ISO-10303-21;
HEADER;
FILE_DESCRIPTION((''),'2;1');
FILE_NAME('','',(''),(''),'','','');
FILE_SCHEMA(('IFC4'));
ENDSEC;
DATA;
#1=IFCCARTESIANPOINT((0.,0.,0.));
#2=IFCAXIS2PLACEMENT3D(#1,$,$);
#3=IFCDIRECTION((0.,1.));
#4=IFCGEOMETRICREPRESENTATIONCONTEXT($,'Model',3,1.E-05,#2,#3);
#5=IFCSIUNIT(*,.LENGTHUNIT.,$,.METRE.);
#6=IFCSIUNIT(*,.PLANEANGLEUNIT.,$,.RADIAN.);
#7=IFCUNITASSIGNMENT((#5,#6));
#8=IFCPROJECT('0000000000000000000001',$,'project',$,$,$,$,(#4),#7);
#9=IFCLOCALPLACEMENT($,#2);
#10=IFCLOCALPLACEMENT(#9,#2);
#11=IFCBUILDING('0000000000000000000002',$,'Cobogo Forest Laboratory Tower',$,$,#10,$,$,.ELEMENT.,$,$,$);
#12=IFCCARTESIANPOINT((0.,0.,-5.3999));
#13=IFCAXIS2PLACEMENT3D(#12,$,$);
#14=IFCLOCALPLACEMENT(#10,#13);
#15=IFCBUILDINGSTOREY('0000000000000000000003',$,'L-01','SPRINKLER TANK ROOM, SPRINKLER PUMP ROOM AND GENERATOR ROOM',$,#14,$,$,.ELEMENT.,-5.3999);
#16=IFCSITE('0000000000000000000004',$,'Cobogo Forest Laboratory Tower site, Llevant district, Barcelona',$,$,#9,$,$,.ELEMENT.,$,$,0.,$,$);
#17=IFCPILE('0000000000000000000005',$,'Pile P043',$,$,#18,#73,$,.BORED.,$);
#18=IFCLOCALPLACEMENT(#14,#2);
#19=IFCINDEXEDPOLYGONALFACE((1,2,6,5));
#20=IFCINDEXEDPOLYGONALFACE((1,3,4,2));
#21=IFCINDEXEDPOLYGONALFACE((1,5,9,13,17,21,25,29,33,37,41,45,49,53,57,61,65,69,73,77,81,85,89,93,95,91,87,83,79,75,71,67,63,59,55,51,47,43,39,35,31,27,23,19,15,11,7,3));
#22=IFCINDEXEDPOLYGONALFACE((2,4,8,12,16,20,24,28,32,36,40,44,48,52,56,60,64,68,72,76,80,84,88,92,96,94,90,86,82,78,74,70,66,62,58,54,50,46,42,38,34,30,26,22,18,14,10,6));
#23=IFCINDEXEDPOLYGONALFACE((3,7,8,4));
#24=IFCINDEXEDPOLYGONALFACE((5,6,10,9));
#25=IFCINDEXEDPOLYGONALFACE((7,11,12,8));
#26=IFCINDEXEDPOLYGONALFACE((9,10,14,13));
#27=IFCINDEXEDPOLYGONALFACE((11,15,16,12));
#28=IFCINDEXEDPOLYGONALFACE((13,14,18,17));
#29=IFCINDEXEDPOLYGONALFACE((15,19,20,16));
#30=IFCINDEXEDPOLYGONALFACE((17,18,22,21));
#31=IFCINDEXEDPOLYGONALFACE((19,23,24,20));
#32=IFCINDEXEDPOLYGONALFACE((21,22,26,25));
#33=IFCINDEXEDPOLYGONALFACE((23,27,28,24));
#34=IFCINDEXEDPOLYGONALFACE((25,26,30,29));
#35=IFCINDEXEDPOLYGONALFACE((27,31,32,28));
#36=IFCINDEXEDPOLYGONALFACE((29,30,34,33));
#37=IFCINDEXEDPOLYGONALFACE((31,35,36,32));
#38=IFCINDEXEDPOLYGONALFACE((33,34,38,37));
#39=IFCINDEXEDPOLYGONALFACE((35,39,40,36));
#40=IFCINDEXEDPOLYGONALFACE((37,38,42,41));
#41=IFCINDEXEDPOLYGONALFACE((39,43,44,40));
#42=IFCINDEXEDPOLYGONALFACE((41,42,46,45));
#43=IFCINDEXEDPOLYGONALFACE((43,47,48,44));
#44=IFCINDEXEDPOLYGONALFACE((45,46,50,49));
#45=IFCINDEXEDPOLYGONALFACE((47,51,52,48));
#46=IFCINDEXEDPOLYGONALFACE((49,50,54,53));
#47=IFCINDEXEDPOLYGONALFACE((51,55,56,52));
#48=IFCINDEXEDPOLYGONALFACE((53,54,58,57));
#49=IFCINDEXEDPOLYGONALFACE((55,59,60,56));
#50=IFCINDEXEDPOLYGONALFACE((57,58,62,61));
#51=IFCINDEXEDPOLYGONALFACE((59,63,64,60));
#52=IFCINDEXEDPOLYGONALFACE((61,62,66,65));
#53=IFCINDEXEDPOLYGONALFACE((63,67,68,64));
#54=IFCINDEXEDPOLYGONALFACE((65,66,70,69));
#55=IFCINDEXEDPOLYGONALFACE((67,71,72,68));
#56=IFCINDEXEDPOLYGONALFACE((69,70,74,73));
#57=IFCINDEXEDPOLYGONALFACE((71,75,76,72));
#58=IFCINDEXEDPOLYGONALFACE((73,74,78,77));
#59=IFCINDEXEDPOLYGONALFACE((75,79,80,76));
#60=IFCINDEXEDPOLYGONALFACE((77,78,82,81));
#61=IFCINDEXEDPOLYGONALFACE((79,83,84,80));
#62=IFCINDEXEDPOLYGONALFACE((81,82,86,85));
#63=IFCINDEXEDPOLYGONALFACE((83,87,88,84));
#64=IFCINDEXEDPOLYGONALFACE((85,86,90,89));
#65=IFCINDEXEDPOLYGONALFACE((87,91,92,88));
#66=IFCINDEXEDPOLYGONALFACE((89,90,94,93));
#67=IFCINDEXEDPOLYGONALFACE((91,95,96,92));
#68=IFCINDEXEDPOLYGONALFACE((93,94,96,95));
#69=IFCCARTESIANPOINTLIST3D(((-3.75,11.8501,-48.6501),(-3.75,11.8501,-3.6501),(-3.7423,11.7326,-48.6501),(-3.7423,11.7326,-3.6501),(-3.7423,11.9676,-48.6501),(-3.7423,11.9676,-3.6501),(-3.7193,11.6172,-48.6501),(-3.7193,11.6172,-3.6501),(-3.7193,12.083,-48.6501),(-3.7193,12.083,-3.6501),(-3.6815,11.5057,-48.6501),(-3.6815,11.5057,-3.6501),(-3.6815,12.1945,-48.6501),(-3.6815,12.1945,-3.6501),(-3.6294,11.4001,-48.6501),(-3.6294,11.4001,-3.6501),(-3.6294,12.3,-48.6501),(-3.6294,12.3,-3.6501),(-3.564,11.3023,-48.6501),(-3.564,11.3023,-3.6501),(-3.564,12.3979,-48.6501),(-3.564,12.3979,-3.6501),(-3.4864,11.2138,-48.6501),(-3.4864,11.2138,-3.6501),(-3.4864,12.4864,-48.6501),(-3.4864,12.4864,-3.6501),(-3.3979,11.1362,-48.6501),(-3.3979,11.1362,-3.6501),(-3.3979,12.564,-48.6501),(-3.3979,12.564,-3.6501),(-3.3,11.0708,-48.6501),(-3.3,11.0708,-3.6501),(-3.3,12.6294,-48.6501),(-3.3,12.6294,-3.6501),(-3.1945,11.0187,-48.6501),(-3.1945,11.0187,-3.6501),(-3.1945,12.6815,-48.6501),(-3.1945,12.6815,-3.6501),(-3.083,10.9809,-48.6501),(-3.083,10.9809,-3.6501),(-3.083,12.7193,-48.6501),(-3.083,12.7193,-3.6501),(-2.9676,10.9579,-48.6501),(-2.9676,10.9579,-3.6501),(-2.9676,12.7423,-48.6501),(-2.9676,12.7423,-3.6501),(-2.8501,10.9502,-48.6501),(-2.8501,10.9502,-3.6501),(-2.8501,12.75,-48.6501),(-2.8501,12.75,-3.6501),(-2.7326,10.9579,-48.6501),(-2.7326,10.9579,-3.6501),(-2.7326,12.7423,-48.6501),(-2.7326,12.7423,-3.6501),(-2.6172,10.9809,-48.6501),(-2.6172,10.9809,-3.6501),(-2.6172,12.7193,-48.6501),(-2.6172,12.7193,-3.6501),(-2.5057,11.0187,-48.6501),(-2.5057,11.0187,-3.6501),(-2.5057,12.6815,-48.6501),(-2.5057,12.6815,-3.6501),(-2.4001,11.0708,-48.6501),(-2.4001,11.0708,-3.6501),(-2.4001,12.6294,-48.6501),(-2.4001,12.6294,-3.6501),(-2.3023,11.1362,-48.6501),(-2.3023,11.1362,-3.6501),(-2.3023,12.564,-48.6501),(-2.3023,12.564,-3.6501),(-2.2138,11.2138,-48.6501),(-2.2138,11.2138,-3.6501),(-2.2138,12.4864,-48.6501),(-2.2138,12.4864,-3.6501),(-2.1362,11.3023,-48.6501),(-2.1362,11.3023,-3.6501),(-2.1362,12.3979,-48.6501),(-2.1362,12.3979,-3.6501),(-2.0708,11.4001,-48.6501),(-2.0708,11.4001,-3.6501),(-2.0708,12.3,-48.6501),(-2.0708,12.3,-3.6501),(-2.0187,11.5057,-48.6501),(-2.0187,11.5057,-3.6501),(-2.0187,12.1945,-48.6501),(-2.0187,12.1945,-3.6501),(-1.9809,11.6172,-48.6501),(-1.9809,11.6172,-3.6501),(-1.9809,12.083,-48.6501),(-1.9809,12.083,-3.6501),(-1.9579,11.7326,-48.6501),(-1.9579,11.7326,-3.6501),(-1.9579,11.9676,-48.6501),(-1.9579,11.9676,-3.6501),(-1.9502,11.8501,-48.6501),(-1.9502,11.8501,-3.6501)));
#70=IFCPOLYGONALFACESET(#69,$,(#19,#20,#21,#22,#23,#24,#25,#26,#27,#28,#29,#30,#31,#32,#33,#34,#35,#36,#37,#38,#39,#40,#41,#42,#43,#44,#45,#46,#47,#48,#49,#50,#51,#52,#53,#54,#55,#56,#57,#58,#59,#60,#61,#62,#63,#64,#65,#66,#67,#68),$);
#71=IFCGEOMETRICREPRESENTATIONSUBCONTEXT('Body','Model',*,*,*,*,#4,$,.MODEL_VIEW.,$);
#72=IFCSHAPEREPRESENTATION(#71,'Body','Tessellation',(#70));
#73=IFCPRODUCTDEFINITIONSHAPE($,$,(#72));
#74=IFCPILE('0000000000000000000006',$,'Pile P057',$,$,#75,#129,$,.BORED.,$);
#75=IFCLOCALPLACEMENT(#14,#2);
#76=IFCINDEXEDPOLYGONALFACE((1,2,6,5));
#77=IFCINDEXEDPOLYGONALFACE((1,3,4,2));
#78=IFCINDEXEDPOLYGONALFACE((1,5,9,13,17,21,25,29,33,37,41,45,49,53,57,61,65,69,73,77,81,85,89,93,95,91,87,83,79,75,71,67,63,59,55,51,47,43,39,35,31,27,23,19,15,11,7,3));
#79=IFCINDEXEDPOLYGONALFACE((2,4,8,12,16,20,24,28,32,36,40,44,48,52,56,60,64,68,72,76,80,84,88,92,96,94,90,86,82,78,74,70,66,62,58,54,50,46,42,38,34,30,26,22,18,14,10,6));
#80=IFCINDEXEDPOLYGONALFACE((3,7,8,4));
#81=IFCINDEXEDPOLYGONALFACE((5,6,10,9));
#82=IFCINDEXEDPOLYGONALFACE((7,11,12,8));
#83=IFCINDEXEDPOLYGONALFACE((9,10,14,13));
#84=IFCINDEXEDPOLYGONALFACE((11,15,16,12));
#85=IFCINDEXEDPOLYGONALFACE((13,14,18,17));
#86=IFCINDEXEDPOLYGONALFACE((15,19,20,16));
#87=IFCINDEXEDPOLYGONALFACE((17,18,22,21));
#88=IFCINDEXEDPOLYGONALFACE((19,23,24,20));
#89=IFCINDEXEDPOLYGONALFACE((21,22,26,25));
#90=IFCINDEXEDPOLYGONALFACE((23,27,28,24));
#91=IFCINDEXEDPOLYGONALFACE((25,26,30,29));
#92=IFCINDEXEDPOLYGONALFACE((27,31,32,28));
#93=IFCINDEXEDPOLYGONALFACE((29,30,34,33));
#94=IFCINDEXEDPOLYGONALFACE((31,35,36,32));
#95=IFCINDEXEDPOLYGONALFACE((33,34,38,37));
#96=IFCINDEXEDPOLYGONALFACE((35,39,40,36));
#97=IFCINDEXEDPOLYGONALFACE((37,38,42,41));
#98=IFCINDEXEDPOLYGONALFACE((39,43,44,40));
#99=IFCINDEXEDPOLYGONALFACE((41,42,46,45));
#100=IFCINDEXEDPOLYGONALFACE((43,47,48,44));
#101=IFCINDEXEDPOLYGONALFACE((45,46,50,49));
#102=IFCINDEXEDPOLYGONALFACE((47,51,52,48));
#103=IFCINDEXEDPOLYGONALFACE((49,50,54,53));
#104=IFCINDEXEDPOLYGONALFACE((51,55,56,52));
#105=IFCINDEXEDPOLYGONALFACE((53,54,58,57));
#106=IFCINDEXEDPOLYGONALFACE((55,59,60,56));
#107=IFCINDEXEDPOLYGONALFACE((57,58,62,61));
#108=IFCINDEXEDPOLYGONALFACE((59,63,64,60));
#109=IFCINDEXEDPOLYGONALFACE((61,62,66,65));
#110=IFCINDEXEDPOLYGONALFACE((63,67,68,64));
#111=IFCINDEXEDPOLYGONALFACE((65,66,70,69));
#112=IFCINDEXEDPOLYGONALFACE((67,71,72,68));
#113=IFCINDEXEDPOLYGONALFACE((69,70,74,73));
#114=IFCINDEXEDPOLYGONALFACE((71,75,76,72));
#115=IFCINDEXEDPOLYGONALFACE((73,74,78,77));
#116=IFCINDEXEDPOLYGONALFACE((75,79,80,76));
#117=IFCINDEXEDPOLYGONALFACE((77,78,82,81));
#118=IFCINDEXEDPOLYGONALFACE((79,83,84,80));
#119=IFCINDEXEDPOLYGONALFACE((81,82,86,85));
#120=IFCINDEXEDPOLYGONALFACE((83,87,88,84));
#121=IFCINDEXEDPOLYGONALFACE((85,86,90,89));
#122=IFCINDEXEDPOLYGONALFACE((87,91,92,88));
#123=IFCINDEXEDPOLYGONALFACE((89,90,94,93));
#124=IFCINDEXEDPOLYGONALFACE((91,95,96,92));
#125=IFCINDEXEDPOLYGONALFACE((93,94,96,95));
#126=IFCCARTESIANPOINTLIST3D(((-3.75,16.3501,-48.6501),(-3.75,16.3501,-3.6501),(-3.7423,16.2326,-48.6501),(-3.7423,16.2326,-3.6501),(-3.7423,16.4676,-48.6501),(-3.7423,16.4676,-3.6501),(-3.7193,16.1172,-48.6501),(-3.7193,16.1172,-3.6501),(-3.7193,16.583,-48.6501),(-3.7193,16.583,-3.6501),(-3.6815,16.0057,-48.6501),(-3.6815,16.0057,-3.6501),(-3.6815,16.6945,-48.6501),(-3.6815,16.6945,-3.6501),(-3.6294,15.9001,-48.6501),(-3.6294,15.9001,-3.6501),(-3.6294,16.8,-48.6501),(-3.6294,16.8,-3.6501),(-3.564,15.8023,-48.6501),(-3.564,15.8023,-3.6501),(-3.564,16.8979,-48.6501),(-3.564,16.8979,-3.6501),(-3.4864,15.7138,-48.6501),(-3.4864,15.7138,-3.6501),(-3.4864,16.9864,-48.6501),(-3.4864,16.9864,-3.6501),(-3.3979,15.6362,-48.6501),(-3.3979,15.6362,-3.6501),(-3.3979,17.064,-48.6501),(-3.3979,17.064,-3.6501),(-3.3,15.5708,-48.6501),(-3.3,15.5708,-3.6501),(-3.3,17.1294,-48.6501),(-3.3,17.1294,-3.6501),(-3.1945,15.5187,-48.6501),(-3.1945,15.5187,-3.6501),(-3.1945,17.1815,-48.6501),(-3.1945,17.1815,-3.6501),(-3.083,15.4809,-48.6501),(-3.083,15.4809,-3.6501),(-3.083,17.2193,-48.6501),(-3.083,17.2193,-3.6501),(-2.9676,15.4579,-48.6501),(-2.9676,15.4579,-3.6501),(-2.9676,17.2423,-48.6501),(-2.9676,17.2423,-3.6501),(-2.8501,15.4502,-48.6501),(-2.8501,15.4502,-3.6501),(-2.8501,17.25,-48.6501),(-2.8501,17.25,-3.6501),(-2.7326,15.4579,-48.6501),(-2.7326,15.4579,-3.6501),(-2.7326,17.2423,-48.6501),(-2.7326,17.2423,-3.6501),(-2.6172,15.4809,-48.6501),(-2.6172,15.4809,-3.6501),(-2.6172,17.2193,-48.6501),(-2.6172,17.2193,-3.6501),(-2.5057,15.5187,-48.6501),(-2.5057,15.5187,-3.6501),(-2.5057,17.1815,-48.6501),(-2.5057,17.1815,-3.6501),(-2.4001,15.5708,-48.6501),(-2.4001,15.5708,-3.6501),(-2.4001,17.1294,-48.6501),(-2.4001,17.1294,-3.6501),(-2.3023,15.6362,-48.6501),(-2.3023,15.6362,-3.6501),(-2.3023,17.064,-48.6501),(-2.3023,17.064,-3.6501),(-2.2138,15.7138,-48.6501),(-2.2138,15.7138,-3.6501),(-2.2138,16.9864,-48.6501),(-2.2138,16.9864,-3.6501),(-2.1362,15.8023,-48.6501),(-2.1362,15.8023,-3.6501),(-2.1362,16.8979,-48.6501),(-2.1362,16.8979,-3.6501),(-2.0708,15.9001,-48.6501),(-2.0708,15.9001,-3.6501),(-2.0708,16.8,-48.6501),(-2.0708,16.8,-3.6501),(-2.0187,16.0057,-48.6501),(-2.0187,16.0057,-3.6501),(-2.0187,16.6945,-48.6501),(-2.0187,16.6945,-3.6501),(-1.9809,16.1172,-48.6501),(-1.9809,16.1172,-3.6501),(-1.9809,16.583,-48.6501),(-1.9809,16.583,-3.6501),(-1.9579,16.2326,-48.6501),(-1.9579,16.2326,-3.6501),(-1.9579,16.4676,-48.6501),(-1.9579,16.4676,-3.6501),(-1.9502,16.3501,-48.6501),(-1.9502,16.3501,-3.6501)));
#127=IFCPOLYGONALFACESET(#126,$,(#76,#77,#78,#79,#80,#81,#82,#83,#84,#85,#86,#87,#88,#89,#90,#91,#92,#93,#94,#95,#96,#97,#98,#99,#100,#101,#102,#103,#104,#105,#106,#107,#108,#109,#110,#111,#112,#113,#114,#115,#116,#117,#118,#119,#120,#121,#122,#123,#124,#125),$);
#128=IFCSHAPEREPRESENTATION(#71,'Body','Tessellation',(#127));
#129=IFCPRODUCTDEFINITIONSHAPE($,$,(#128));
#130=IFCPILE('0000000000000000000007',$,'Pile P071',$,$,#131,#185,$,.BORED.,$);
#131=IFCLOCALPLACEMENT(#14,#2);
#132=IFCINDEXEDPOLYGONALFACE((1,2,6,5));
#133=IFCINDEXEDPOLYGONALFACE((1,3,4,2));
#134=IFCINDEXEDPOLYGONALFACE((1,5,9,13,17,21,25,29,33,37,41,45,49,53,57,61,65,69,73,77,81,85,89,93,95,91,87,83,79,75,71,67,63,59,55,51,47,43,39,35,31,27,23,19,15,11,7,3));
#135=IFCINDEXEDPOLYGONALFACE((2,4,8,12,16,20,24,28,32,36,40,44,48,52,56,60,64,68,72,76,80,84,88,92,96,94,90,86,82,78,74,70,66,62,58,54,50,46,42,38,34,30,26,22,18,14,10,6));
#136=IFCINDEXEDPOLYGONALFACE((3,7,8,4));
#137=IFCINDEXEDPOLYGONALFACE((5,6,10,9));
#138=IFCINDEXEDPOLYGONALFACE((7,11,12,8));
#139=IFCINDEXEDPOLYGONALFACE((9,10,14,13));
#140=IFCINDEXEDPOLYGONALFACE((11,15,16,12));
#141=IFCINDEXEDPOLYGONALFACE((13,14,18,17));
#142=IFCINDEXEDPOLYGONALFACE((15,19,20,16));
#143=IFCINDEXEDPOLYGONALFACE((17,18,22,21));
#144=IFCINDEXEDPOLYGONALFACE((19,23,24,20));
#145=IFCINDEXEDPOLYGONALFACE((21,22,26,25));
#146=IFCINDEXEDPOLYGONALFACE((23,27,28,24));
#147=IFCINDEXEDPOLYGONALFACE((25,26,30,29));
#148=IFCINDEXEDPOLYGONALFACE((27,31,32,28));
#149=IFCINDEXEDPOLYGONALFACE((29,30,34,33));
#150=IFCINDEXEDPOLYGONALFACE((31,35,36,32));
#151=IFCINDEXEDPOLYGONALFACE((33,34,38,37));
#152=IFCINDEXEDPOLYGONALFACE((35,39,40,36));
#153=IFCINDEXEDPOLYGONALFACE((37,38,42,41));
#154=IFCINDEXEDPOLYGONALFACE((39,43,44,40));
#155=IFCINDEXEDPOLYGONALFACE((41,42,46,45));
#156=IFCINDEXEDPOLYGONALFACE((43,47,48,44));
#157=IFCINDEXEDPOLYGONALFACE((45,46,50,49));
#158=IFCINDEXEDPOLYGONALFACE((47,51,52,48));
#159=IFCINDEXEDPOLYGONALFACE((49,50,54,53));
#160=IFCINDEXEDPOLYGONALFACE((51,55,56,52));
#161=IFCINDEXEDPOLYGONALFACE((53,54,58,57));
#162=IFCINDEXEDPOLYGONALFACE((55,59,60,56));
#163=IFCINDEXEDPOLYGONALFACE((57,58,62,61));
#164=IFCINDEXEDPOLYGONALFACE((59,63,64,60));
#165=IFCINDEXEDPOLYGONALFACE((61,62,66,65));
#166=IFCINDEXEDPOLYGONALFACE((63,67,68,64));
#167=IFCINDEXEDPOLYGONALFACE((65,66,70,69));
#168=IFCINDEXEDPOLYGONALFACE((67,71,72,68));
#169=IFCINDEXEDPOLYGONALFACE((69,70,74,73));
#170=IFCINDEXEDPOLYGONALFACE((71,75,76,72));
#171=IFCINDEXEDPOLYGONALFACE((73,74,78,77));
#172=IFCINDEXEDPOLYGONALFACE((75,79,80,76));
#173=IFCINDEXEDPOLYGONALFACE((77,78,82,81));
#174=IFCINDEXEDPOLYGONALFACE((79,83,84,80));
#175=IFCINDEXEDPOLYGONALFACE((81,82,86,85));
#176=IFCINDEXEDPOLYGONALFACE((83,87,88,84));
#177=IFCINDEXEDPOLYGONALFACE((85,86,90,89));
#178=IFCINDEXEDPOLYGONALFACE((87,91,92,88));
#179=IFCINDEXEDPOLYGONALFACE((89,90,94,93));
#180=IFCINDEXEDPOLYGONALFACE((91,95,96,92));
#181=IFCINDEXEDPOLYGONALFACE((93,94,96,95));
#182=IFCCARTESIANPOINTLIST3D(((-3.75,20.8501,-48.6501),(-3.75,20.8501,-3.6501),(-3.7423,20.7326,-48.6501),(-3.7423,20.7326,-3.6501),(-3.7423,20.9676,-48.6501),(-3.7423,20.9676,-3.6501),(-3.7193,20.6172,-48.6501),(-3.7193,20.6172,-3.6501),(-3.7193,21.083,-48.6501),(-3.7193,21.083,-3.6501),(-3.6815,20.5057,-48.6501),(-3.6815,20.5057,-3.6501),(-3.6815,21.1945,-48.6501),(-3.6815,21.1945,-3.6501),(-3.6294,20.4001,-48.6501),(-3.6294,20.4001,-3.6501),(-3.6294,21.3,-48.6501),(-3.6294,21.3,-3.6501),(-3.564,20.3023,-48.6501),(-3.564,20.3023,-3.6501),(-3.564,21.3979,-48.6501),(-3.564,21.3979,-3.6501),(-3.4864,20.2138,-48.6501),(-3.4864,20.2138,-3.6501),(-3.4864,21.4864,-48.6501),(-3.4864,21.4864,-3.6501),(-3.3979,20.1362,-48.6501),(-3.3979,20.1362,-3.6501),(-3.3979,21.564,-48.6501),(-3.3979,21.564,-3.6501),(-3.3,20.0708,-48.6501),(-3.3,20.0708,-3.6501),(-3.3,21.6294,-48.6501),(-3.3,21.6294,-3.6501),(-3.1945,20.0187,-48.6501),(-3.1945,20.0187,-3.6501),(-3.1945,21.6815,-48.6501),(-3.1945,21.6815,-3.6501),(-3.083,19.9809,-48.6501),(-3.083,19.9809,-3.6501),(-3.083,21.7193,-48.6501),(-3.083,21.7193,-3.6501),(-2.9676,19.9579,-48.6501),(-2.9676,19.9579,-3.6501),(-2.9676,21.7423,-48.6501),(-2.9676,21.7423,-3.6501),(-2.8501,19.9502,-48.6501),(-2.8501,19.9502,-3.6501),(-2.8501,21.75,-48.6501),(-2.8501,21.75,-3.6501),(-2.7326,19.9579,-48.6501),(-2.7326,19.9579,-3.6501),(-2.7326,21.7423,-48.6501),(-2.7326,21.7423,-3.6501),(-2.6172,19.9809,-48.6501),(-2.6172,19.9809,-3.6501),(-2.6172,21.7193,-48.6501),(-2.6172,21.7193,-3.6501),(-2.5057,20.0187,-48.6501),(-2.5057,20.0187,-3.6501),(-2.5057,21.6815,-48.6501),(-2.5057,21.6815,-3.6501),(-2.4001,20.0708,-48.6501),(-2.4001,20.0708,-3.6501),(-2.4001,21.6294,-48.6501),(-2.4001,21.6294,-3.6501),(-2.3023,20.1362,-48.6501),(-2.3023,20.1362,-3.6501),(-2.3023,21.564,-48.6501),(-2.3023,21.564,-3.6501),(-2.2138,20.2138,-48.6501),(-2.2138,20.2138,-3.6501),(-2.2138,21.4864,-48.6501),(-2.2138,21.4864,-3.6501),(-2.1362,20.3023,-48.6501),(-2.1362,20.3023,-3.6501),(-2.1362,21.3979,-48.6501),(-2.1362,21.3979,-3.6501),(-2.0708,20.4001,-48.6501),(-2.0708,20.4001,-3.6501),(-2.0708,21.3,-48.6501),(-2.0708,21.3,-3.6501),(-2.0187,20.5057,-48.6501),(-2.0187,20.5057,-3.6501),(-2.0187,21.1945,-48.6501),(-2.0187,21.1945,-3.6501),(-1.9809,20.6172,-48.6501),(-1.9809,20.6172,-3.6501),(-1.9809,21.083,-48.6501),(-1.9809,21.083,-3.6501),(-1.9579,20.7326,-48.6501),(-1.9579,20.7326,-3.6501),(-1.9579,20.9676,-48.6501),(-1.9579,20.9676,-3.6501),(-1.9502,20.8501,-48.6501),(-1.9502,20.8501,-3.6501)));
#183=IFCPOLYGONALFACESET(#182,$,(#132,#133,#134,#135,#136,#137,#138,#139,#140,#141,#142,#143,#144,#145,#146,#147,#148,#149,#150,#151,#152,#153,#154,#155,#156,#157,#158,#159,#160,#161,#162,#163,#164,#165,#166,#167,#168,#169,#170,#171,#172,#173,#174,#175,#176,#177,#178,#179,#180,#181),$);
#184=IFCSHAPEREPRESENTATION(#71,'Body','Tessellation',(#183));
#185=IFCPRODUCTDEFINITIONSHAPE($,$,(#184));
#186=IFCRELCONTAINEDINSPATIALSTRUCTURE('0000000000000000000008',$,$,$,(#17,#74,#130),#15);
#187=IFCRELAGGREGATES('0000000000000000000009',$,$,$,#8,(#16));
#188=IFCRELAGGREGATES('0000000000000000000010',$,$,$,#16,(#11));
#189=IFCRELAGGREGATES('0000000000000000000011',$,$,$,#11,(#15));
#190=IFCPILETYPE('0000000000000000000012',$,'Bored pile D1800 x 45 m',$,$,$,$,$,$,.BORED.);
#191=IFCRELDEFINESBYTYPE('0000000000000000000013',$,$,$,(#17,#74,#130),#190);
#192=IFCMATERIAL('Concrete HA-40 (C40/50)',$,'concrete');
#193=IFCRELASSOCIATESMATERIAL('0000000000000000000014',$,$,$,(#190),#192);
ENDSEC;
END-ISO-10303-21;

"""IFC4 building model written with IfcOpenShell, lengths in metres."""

from ifc_helpers import new_model, si_unit, direction, frame, origin, origin_2d, place, context, subcontext, project, spatial, circle, extrude, material, material_profile, profile_set, type_object, element, save


model = new_model("IFC4")

# Units and contexts
model_context = context("Model", 3, precision=1e-05, world=origin(), true_north=direction((0.0, 1.0)))
body_context = subcontext(model_context, "Body", "Model", "MODEL_VIEW")
ifc_project = project(units=[si_unit("LENGTHUNIT", "METRE"), si_unit("PLANEANGLEUNIT", "RADIAN")], contexts=[model_context])

# Site, building, storey
site_placement = place(None, origin())
site = spatial("IfcSite", under=ifc_project, at=site_placement, Name="Cobogo Forest Laboratory Tower site, Llevant district, Barcelona", CompositionType="ELEMENT", RefElevation=0.0)
building_placement = place(site_placement, origin())
building = spatial("IfcBuilding", under=site, at=building_placement, Name="Cobogo Forest Laboratory Tower", CompositionType="ELEMENT")
storey_placement = place(building_placement, frame((0.0, 0.0, -5.3999)))
storey = spatial("IfcBuildingStorey", under=building, at=storey_placement, Name="L-01", Description="SPRINKLER TANK ROOM, SPRINKLER PUMP ROOM AND GENERATOR ROOM", CompositionType="ELEMENT", Elevation=-5.3999)

# Piles
ifc_material_1 = material(Name="Concrete HA-40 (C40/50)", Category="concrete")
ifc_material_profile_1 = material_profile(ifc_material_1, circle(Radius=0.8999, at=origin_2d()), Name="PILE D1800")
ifc_profile_set_1 = profile_set([ifc_material_profile_1], Name="Concrete HA-40 (C40/50)")
pile_type_1 = type_object("IfcPileType", Name="Bored pile D1800 x 45 m", PredefinedType="BORED", material=ifc_profile_set_1)
for number, where, z_axis, x_axis, name in (
    (1, (-2.8501, 11.8501, -3.6501), (0.0, 0.0, -1.0), (1.0, 0.0, 0.0), "Pile P043"),
    (2, (-2.8501, 16.3501, -3.6501), (0.0, 0.0, -1.0), (1.0, 0.0, 0.0), "Pile P057"),
    (3, (-2.8501, 20.8501, -3.6501), (0.0, 0.0, -1.0), (1.0, 0.0, 0.0), "Pile P071"),
):
    element("IfcPile", number, at=place(storey_placement, frame(where, z_axis=z_axis, x_axis=x_axis)), inside=storey, type_object=pile_type_1, Name=name, PredefinedType="BORED", context=body_context, shape_type="SweptSolid", body=[
        extrude(circle(Radius=0.8999, at=origin_2d()), origin(), (0.0, 0.0, 1.0), 45.0),
    ])

save(model, "model.ifc")
